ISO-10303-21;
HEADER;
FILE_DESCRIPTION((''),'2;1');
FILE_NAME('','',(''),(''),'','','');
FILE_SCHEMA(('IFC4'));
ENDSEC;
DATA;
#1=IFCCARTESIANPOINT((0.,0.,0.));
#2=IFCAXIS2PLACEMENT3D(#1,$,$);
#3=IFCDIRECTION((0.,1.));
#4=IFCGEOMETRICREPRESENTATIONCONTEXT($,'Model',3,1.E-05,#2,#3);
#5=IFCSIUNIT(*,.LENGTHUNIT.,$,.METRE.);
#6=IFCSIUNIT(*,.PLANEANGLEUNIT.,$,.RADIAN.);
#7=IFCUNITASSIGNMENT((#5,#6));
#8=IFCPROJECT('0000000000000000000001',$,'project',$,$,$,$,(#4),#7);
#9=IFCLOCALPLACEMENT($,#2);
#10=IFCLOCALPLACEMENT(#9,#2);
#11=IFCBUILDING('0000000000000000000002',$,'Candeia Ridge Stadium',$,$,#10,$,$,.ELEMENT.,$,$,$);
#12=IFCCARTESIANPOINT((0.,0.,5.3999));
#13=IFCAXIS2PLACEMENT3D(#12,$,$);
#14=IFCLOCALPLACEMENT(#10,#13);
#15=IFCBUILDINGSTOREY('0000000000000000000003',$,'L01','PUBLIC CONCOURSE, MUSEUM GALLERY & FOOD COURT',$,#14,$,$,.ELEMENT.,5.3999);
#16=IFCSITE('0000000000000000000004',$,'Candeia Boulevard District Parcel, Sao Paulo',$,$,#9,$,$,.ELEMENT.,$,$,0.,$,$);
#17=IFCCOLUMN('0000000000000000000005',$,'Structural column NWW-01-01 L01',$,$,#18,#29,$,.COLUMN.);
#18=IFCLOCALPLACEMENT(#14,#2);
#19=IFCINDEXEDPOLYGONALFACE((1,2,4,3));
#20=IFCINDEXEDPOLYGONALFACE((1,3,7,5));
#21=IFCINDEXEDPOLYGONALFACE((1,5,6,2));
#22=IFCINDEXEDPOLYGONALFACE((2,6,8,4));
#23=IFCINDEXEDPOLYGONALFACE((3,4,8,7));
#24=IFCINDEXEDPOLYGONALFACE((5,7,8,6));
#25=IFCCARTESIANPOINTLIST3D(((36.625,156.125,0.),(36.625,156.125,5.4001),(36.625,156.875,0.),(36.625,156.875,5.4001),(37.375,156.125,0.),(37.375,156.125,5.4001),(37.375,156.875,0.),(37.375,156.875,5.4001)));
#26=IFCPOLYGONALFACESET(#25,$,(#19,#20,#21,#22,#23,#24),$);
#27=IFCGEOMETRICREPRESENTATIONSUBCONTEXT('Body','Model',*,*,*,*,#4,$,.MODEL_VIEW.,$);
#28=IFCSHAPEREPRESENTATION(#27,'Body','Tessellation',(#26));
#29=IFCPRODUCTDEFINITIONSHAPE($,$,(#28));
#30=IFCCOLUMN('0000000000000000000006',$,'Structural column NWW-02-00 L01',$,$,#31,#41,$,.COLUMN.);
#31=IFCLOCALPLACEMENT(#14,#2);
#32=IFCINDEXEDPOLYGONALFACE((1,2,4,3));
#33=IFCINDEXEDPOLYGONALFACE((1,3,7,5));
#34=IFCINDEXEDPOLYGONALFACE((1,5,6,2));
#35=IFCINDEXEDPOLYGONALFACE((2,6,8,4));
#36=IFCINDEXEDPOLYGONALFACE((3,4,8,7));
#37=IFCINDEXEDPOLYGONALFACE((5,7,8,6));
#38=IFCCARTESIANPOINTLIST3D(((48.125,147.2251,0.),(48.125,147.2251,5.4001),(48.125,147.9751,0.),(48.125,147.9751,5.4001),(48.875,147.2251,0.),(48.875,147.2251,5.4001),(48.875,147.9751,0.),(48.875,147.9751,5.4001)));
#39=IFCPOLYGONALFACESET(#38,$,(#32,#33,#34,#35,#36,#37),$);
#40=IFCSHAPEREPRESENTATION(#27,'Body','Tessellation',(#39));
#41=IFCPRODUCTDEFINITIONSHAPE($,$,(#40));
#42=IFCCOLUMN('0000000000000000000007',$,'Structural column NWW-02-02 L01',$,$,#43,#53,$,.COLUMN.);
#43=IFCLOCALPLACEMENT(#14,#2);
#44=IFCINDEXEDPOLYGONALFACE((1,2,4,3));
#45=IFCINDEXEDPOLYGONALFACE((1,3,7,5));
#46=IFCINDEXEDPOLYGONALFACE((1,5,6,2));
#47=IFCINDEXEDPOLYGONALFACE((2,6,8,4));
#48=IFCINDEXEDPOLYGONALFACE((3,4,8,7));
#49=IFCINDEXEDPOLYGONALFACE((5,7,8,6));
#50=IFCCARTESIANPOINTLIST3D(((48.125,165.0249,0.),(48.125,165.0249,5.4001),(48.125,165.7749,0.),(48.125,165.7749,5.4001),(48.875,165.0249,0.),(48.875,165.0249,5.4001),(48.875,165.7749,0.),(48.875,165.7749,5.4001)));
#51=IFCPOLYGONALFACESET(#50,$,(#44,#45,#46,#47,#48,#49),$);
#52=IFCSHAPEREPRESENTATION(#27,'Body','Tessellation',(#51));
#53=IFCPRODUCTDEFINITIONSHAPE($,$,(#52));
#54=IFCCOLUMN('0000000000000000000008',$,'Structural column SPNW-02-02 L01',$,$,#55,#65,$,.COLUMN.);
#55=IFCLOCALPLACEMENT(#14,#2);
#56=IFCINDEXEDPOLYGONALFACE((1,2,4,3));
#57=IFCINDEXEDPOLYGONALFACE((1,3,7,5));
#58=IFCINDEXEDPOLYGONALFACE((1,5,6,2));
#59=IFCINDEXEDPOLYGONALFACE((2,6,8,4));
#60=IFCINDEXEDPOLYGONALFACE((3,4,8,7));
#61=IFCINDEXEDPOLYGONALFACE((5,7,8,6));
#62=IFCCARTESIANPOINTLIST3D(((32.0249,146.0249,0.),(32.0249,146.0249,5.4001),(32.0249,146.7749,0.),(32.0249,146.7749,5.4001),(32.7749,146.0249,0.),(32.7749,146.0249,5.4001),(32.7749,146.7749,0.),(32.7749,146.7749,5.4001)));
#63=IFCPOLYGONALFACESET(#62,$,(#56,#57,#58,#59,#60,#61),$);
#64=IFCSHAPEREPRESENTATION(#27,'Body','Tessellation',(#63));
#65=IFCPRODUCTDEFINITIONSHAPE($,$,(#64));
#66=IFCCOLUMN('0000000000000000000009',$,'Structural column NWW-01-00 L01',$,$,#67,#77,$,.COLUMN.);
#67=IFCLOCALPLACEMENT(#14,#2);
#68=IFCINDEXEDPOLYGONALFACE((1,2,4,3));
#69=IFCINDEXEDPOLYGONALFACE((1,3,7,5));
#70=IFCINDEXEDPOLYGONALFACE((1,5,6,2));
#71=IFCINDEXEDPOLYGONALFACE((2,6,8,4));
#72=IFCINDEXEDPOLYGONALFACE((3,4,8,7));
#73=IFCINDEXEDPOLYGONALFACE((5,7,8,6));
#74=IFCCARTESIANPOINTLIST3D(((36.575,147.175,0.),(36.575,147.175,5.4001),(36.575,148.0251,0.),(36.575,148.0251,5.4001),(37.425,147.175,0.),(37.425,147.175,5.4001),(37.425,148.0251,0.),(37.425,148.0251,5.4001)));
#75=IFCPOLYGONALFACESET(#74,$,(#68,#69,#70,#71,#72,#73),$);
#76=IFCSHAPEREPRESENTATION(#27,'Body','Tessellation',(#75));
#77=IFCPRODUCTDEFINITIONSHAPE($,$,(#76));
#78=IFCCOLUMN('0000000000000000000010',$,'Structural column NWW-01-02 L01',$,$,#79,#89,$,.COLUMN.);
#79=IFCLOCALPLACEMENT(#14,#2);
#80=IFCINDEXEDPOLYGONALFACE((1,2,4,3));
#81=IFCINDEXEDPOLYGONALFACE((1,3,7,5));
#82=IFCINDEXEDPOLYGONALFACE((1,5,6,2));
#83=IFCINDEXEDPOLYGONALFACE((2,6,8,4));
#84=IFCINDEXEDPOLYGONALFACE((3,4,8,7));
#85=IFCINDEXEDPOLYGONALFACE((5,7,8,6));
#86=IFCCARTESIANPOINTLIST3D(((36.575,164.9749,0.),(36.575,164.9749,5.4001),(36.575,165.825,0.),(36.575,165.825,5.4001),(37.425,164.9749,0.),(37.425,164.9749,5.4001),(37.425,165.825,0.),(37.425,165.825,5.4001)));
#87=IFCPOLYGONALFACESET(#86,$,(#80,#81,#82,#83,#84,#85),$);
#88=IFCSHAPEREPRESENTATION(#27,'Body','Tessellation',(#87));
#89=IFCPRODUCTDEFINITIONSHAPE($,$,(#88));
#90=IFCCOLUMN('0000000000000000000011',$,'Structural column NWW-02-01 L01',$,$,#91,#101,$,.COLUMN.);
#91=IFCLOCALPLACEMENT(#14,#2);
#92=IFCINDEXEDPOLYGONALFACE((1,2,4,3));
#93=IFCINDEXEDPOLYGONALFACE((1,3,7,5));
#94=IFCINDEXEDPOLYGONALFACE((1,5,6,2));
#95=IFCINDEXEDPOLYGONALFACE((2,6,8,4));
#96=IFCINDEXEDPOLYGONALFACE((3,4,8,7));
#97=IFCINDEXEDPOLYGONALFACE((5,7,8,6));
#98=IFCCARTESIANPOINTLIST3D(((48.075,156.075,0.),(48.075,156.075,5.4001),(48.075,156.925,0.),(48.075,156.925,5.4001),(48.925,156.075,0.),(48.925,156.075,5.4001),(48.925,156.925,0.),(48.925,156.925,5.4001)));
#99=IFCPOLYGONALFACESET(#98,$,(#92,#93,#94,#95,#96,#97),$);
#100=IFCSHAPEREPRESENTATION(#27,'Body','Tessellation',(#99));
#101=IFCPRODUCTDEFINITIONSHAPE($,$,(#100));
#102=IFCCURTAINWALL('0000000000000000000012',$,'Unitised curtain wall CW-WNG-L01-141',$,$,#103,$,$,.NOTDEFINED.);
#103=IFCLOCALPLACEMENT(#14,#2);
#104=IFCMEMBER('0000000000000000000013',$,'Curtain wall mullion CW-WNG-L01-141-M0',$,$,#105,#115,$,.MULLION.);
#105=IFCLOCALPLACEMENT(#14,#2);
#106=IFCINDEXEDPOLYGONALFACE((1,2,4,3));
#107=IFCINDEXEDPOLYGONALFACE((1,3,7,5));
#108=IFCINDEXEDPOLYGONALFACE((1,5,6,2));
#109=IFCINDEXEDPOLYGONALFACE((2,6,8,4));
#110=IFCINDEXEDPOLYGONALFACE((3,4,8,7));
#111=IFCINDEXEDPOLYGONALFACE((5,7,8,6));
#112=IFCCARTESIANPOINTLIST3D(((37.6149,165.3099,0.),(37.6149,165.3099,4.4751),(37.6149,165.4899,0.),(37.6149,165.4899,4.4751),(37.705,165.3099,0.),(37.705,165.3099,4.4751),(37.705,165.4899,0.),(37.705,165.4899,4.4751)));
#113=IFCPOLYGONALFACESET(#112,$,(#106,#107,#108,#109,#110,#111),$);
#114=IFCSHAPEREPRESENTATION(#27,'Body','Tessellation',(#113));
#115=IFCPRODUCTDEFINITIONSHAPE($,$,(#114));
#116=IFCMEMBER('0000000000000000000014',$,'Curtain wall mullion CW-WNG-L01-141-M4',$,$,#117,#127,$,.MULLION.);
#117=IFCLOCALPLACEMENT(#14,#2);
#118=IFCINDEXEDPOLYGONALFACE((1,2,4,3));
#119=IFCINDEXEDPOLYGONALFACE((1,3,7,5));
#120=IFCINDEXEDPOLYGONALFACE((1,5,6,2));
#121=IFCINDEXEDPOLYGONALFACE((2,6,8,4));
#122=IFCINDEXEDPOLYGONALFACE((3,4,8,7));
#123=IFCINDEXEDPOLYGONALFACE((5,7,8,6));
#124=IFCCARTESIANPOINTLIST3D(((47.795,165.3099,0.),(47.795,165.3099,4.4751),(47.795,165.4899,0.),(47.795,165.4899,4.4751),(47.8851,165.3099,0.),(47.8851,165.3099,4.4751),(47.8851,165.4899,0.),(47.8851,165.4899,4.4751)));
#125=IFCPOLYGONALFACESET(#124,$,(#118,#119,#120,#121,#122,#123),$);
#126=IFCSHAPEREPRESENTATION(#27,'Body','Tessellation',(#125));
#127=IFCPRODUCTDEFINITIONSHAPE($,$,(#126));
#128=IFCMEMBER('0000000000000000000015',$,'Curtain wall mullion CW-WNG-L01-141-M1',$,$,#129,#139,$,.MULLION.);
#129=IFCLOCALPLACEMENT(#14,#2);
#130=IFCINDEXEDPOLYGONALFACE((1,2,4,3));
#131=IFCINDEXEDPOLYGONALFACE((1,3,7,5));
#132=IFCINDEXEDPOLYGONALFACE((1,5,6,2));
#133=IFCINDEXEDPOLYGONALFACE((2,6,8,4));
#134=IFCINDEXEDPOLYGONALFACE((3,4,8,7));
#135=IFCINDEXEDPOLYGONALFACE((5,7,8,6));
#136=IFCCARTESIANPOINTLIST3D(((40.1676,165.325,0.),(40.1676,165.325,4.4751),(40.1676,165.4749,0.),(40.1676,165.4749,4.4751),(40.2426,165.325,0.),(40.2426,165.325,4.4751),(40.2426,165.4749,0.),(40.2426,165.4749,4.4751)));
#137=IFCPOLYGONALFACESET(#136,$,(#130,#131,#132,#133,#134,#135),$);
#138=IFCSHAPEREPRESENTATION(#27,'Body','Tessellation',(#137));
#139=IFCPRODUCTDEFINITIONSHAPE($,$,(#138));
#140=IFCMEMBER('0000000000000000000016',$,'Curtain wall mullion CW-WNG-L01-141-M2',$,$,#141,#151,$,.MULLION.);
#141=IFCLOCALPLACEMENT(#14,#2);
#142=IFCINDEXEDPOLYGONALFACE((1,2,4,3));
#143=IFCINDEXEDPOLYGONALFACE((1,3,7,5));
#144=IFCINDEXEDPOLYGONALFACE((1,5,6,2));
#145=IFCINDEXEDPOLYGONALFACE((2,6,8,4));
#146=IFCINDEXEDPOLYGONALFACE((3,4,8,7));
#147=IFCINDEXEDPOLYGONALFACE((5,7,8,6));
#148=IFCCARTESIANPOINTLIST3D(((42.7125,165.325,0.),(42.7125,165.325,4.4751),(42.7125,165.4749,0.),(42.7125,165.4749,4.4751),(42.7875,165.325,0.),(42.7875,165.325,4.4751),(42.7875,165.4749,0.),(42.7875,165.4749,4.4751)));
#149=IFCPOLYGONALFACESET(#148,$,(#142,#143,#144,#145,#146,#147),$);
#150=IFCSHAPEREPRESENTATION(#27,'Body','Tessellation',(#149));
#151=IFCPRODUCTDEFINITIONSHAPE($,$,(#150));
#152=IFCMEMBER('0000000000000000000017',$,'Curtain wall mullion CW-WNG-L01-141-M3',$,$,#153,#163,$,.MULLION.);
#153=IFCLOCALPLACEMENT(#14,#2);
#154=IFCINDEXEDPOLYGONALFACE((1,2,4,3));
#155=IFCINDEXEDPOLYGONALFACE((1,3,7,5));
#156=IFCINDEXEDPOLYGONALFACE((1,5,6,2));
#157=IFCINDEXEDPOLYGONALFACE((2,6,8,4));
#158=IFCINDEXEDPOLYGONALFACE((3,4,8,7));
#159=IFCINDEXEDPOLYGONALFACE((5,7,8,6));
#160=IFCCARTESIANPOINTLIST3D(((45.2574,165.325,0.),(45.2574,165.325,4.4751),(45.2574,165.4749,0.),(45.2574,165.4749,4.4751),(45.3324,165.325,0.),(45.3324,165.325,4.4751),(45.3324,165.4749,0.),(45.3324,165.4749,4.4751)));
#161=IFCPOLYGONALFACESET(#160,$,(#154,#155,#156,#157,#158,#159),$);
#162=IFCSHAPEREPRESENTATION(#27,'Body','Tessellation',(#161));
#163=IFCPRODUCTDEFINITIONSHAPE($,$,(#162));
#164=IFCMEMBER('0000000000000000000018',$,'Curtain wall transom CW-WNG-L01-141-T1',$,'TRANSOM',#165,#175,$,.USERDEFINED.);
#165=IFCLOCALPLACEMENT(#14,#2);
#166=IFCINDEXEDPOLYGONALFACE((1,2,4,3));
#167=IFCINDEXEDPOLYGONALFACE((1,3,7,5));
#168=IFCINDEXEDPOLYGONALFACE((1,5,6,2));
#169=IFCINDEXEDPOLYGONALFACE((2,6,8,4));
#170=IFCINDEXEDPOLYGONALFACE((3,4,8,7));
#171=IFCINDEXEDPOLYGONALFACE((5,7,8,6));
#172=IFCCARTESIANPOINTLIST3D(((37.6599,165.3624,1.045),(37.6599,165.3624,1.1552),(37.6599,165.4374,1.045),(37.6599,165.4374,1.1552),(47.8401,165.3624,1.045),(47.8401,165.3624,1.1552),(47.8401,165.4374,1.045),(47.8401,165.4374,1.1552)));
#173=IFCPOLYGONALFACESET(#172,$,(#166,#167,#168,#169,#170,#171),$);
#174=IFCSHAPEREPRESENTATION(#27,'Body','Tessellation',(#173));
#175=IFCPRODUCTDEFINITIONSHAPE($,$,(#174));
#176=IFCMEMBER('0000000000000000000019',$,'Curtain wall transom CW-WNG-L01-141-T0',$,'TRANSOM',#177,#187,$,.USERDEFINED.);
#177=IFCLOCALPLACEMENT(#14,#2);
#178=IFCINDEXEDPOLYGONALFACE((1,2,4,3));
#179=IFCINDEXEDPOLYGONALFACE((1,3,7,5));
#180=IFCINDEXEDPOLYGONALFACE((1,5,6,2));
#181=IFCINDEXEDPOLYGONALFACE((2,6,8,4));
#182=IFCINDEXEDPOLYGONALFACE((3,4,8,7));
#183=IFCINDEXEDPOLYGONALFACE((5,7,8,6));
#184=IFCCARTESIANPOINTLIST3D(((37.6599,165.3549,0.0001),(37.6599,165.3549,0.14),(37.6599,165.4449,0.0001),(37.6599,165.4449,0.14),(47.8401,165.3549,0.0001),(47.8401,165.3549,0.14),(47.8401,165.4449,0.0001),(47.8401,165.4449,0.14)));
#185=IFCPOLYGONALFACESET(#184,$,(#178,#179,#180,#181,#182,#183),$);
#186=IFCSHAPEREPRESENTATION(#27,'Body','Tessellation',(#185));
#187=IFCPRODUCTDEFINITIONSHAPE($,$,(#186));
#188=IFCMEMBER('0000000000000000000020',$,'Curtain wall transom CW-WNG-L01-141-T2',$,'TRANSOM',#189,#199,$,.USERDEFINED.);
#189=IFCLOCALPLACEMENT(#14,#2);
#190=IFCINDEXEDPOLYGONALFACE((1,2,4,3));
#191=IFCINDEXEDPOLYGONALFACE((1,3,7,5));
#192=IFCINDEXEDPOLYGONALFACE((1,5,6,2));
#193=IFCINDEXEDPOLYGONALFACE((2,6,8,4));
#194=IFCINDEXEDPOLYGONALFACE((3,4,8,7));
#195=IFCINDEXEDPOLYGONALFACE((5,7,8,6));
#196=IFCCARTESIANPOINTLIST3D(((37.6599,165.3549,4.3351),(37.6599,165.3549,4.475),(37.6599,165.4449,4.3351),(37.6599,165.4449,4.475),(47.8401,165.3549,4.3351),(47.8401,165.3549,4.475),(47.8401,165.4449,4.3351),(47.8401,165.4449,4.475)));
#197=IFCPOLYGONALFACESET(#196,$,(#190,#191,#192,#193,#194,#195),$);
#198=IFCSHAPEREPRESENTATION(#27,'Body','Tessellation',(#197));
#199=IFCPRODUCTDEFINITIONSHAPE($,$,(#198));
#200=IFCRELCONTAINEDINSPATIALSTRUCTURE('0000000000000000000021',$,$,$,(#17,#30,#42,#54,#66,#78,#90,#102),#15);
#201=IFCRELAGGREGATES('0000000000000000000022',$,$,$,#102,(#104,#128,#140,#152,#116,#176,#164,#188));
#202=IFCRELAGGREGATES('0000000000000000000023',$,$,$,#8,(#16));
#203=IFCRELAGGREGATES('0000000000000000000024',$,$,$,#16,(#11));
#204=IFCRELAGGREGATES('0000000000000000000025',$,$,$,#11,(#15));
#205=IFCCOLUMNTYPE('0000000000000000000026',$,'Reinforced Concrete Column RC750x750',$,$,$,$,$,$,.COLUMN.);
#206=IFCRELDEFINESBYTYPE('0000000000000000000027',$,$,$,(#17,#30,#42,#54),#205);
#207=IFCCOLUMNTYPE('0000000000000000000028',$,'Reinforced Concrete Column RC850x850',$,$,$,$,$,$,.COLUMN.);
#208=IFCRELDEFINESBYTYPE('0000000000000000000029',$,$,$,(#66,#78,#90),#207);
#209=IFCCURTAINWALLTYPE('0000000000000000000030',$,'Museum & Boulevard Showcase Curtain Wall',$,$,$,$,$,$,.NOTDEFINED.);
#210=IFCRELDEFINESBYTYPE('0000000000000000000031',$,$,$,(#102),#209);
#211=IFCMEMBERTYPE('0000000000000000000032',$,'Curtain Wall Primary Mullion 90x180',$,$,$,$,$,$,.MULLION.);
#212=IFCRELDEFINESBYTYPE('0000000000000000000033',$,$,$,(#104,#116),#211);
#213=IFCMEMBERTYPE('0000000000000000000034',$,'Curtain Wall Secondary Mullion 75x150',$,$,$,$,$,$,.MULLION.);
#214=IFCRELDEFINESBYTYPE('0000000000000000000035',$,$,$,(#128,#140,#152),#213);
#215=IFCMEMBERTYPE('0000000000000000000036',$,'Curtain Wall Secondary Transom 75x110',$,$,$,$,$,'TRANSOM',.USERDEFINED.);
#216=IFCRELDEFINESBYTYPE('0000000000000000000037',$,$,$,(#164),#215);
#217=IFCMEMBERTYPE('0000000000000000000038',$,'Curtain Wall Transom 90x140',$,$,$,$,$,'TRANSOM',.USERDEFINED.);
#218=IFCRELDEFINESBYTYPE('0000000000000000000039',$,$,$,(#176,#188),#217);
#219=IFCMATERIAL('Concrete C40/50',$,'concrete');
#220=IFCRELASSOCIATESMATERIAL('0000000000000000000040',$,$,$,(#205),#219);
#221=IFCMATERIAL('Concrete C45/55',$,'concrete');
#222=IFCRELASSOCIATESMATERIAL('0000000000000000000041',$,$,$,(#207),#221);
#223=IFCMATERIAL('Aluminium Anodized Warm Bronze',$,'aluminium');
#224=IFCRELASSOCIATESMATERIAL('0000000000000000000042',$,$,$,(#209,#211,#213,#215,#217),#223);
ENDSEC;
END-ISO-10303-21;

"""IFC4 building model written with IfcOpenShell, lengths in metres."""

from ifc_helpers import new_model, si_unit, direction, frame, origin, origin_2d, place, context, subcontext, project, spatial, rectangle, extrude, material, material_profile, profile_set, type_object, element, aggregate, save


model = new_model("IFC4")

# Units and contexts
model_context = context("Model", 3, precision=1e-05, world=origin(), true_north=direction((0.0, 1.0)))
body_context = subcontext(model_context, "Body", "Model", "MODEL_VIEW")
ifc_project = project(units=[si_unit("LENGTHUNIT", "METRE"), si_unit("PLANEANGLEUNIT", "RADIAN")], contexts=[model_context])

# Site, building, storey
site_placement = place(None, origin())
site = spatial("IfcSite", under=ifc_project, at=site_placement, Name="Candeia Boulevard District Parcel, Sao Paulo", CompositionType="ELEMENT", RefElevation=0.0)
building_placement = place(site_placement, origin())
building = spatial("IfcBuilding", under=site, at=building_placement, Name="Candeia Ridge Stadium", CompositionType="ELEMENT")
storey_placement = place(building_placement, frame((0.0, 0.0, 5.3999)))
storey = spatial("IfcBuildingStorey", under=building, at=storey_placement, Name="L01", Description="PUBLIC CONCOURSE, MUSEUM GALLERY & FOOD COURT", CompositionType="ELEMENT", Elevation=5.3999)

# Columns
ifc_material_1 = material(Name="Concrete C40/50", Category="concrete")
ifc_material_profile_1 = material_profile(ifc_material_1, rectangle(XDim=0.75, YDim=0.75, at=origin_2d()), Name="RC750x750", Category="concrete")
ifc_profile_set_1 = profile_set([ifc_material_profile_1], Name="Concrete C40/50")
column_type_1 = type_object("IfcColumnType", Name="Reinforced Concrete Column RC750x750", PredefinedType="COLUMN", material=ifc_profile_set_1)
for number, where, z_axis, x_axis, name in (
    (1, (37.0, 156.5, 0.0), (0.0, 0.0, 1.0), (1.0, 0.0, 0.0), "Structural column NWW-01-01 L01"),
    (2, (48.5, 147.6001, 0.0), (0.0, 0.0, 1.0), (1.0, 0.0, 0.0), "Structural column NWW-02-00 L01"),
    (3, (48.5, 165.3999, 0.0), (0.0, 0.0, 1.0), (1.0, 0.0, 0.0), "Structural column NWW-02-02 L01"),
    (4, (32.3999, 146.3999, 0.0), (0.0, 0.0, 1.0), (1.0, 0.0, 0.0), "Structural column SPNW-02-02 L01"),
):
    element("IfcColumn", number, at=place(storey_placement, frame(where, z_axis=z_axis, x_axis=x_axis)), inside=storey, type_object=column_type_1, Name=name, PredefinedType="COLUMN", context=body_context, shape_type="SweptSolid", body=[
        extrude(rectangle(XDim=0.75, YDim=0.75, at=origin_2d()), origin(), (0.0, 0.0, 1.0), 5.4001),
    ])
ifc_material_2 = material(Name="Concrete C45/55", Category="concrete")
ifc_material_profile_2 = material_profile(ifc_material_2, rectangle(XDim=0.8501, YDim=0.8501, at=origin_2d()), Name="RC850x850", Category="concrete")
ifc_profile_set_2 = profile_set([ifc_material_profile_2], Name="Concrete C45/55")
column_type_2 = type_object("IfcColumnType", Name="Reinforced Concrete Column RC850x850", PredefinedType="COLUMN", material=ifc_profile_set_2)
for number, where, z_axis, x_axis, name in (
    (5, (37.0, 147.6001, 0.0), (0.0, 0.0, 1.0), (1.0, 0.0, 0.0), "Structural column NWW-01-00 L01"),
    (6, (37.0, 165.3999, 0.0), (0.0, 0.0, 1.0), (1.0, 0.0, 0.0), "Structural column NWW-01-02 L01"),
    (7, (48.5, 156.5, 0.0), (0.0, 0.0, 1.0), (1.0, 0.0, 0.0), "Structural column NWW-02-01 L01"),
):
    element("IfcColumn", number, at=place(storey_placement, frame(where, z_axis=z_axis, x_axis=x_axis)), inside=storey, type_object=column_type_2, Name=name, PredefinedType="COLUMN", context=body_context, shape_type="SweptSolid", body=[
        extrude(rectangle(XDim=0.8501, YDim=0.8501, at=origin_2d()), origin(), (0.0, 0.0, 1.0), 5.4001),
    ])

# Curtain wall, members
ifc_material_3 = material(Name="Aluminium Anodized Warm Bronze", Category="aluminium")
curtain_wall_type = type_object("IfcCurtainWallType", Name="Museum & Boulevard Showcase Curtain Wall", PredefinedType="NOTDEFINED", material=ifc_material_3)
curtain_wall_placement = place(storey_placement, origin())
curtain_wall = element("IfcCurtainWall", 8, at=curtain_wall_placement, inside=storey, type_object=curtain_wall_type, Name="Unitised curtain wall CW-WNG-L01-141", PredefinedType="NOTDEFINED")
ifc_material_profile_3 = material_profile(ifc_material_3, rectangle(XDim=0.0901, YDim=0.1799, at=origin_2d()), Name="CWM-90x180", Category="aluminium")
ifc_profile_set_3 = profile_set([ifc_material_profile_3], Name="Aluminium Anodized Warm Bronze")
member_type_1 = type_object("IfcMemberType", Name="Curtain Wall Primary Mullion 90x180", PredefinedType="MULLION", material=ifc_profile_set_3)
member_1_placement = place(storey_placement, frame((37.6599, 165.3999, 0.0), z_axis=(0.0, 0.0, 1.0), x_axis=(1.0, 0.0, 0.0)))
member_1 = element("IfcMember", 9, at=member_1_placement, type_object=member_type_1, Name="Curtain wall mullion CW-WNG-L01-141-M0", PredefinedType="MULLION", context=body_context, shape_type="SweptSolid", body=[
    extrude(rectangle(XDim=0.0901, YDim=0.1799, at=origin_2d()), origin(), (0.0, 0.0, 1.0), 4.4751),
])
member_2_placement = place(storey_placement, frame((47.8401, 165.3999, 0.0), z_axis=(0.0, 0.0, 1.0), x_axis=(1.0, 0.0, 0.0)))
member_2 = element("IfcMember", 10, at=member_2_placement, type_object=member_type_1, Name="Curtain wall mullion CW-WNG-L01-141-M4", PredefinedType="MULLION", context=body_context, shape_type="SweptSolid", body=[
    extrude(rectangle(XDim=0.0901, YDim=0.1799, at=origin_2d()), origin(), (0.0, 0.0, 1.0), 4.4751),
])
ifc_material_profile_4 = material_profile(ifc_material_3, rectangle(XDim=0.075, YDim=0.1499, at=origin_2d()), Name="CWM-75x150", Category="aluminium")
ifc_profile_set_4 = profile_set([ifc_material_profile_4], Name="Aluminium Anodized Warm Bronze")
member_type_2 = type_object("IfcMemberType", Name="Curtain Wall Secondary Mullion 75x150", PredefinedType="MULLION", material=ifc_profile_set_4)
member_3_placement = place(storey_placement, frame((40.2051, 165.3999, 0.0), z_axis=(0.0, 0.0, 1.0), x_axis=(1.0, 0.0, 0.0)))
member_3 = element("IfcMember", 11, at=member_3_placement, type_object=member_type_2, Name="Curtain wall mullion CW-WNG-L01-141-M1", PredefinedType="MULLION", context=body_context, shape_type="SweptSolid", body=[
    extrude(rectangle(XDim=0.075, YDim=0.1499, at=origin_2d()), origin(), (0.0, 0.0, 1.0), 4.4751),
])
member_4_placement = place(storey_placement, frame((42.75, 165.3999, 0.0), z_axis=(0.0, 0.0, 1.0), x_axis=(1.0, 0.0, 0.0)))
member_4 = element("IfcMember", 12, at=member_4_placement, type_object=member_type_2, Name="Curtain wall mullion CW-WNG-L01-141-M2", PredefinedType="MULLION", context=body_context, shape_type="SweptSolid", body=[
    extrude(rectangle(XDim=0.075, YDim=0.1499, at=origin_2d()), origin(), (0.0, 0.0, 1.0), 4.4751),
])
member_5_placement = place(storey_placement, frame((45.2949, 165.3999, 0.0), z_axis=(0.0, 0.0, 1.0), x_axis=(1.0, 0.0, 0.0)))
member_5 = element("IfcMember", 13, at=member_5_placement, type_object=member_type_2, Name="Curtain wall mullion CW-WNG-L01-141-M3", PredefinedType="MULLION", context=body_context, shape_type="SweptSolid", body=[
    extrude(rectangle(XDim=0.075, YDim=0.1499, at=origin_2d()), origin(), (0.0, 0.0, 1.0), 4.4751),
])
ifc_material_profile_5 = material_profile(ifc_material_3, rectangle(XDim=0.075, YDim=0.1101, at=origin_2d()), Name="CWT-75x110", Category="aluminium")
ifc_profile_set_5 = profile_set([ifc_material_profile_5], Name="Aluminium Anodized Warm Bronze")
member_type_3 = type_object("IfcMemberType", Name="Curtain Wall Secondary Transom 75x110", ElementType="TRANSOM", PredefinedType="USERDEFINED", material=ifc_profile_set_5)
member_6_placement = place(storey_placement, frame((37.6599, 165.3999, 1.1001), z_axis=(1.0, 0.0, 0.0), x_axis=(0.0, 1.0, 0.0)))
member_6 = element("IfcMember", 14, at=member_6_placement, type_object=member_type_3, Name="Curtain wall transom CW-WNG-L01-141-T1", ObjectType="TRANSOM", PredefinedType="USERDEFINED", context=body_context, shape_type="SweptSolid", body=[
    extrude(rectangle(XDim=0.075, YDim=0.1101, at=origin_2d()), origin(), (0.0, 0.0, 1.0), 10.1802),
])
ifc_material_profile_6 = material_profile(ifc_material_3, rectangle(XDim=0.0901, YDim=0.1399, at=origin_2d()), Name="CWT-90x140", Category="aluminium")
ifc_profile_set_6 = profile_set([ifc_material_profile_6], Name="Aluminium Anodized Warm Bronze")
member_type_4 = type_object("IfcMemberType", Name="Curtain Wall Transom 90x140", ElementType="TRANSOM", PredefinedType="USERDEFINED", material=ifc_profile_set_6)
member_7_placement = place(storey_placement, frame((37.6599, 165.3999, 0.0701), z_axis=(1.0, 0.0, 0.0), x_axis=(0.0, 1.0, 0.0)))
member_7 = element("IfcMember", 15, at=member_7_placement, type_object=member_type_4, Name="Curtain wall transom CW-WNG-L01-141-T0", ObjectType="TRANSOM", PredefinedType="USERDEFINED", context=body_context, shape_type="SweptSolid", body=[
    extrude(rectangle(XDim=0.0901, YDim=0.1399, at=origin_2d()), origin(), (0.0, 0.0, 1.0), 10.1802),
])
member_8_placement = place(storey_placement, frame((37.6599, 165.3999, 4.405), z_axis=(1.0, 0.0, 0.0), x_axis=(0.0, 1.0, 0.0)))
member_8 = element("IfcMember", 16, at=member_8_placement, type_object=member_type_4, Name="Curtain wall transom CW-WNG-L01-141-T2", ObjectType="TRANSOM", PredefinedType="USERDEFINED", context=body_context, shape_type="SweptSolid", body=[
    extrude(rectangle(XDim=0.0901, YDim=0.1399, at=origin_2d()), origin(), (0.0, 0.0, 1.0), 10.1802),
])

aggregate(curtain_wall, [member_1, member_3, member_4, member_5, member_2, member_7, member_6, member_8])

save(model, "model.ifc")
